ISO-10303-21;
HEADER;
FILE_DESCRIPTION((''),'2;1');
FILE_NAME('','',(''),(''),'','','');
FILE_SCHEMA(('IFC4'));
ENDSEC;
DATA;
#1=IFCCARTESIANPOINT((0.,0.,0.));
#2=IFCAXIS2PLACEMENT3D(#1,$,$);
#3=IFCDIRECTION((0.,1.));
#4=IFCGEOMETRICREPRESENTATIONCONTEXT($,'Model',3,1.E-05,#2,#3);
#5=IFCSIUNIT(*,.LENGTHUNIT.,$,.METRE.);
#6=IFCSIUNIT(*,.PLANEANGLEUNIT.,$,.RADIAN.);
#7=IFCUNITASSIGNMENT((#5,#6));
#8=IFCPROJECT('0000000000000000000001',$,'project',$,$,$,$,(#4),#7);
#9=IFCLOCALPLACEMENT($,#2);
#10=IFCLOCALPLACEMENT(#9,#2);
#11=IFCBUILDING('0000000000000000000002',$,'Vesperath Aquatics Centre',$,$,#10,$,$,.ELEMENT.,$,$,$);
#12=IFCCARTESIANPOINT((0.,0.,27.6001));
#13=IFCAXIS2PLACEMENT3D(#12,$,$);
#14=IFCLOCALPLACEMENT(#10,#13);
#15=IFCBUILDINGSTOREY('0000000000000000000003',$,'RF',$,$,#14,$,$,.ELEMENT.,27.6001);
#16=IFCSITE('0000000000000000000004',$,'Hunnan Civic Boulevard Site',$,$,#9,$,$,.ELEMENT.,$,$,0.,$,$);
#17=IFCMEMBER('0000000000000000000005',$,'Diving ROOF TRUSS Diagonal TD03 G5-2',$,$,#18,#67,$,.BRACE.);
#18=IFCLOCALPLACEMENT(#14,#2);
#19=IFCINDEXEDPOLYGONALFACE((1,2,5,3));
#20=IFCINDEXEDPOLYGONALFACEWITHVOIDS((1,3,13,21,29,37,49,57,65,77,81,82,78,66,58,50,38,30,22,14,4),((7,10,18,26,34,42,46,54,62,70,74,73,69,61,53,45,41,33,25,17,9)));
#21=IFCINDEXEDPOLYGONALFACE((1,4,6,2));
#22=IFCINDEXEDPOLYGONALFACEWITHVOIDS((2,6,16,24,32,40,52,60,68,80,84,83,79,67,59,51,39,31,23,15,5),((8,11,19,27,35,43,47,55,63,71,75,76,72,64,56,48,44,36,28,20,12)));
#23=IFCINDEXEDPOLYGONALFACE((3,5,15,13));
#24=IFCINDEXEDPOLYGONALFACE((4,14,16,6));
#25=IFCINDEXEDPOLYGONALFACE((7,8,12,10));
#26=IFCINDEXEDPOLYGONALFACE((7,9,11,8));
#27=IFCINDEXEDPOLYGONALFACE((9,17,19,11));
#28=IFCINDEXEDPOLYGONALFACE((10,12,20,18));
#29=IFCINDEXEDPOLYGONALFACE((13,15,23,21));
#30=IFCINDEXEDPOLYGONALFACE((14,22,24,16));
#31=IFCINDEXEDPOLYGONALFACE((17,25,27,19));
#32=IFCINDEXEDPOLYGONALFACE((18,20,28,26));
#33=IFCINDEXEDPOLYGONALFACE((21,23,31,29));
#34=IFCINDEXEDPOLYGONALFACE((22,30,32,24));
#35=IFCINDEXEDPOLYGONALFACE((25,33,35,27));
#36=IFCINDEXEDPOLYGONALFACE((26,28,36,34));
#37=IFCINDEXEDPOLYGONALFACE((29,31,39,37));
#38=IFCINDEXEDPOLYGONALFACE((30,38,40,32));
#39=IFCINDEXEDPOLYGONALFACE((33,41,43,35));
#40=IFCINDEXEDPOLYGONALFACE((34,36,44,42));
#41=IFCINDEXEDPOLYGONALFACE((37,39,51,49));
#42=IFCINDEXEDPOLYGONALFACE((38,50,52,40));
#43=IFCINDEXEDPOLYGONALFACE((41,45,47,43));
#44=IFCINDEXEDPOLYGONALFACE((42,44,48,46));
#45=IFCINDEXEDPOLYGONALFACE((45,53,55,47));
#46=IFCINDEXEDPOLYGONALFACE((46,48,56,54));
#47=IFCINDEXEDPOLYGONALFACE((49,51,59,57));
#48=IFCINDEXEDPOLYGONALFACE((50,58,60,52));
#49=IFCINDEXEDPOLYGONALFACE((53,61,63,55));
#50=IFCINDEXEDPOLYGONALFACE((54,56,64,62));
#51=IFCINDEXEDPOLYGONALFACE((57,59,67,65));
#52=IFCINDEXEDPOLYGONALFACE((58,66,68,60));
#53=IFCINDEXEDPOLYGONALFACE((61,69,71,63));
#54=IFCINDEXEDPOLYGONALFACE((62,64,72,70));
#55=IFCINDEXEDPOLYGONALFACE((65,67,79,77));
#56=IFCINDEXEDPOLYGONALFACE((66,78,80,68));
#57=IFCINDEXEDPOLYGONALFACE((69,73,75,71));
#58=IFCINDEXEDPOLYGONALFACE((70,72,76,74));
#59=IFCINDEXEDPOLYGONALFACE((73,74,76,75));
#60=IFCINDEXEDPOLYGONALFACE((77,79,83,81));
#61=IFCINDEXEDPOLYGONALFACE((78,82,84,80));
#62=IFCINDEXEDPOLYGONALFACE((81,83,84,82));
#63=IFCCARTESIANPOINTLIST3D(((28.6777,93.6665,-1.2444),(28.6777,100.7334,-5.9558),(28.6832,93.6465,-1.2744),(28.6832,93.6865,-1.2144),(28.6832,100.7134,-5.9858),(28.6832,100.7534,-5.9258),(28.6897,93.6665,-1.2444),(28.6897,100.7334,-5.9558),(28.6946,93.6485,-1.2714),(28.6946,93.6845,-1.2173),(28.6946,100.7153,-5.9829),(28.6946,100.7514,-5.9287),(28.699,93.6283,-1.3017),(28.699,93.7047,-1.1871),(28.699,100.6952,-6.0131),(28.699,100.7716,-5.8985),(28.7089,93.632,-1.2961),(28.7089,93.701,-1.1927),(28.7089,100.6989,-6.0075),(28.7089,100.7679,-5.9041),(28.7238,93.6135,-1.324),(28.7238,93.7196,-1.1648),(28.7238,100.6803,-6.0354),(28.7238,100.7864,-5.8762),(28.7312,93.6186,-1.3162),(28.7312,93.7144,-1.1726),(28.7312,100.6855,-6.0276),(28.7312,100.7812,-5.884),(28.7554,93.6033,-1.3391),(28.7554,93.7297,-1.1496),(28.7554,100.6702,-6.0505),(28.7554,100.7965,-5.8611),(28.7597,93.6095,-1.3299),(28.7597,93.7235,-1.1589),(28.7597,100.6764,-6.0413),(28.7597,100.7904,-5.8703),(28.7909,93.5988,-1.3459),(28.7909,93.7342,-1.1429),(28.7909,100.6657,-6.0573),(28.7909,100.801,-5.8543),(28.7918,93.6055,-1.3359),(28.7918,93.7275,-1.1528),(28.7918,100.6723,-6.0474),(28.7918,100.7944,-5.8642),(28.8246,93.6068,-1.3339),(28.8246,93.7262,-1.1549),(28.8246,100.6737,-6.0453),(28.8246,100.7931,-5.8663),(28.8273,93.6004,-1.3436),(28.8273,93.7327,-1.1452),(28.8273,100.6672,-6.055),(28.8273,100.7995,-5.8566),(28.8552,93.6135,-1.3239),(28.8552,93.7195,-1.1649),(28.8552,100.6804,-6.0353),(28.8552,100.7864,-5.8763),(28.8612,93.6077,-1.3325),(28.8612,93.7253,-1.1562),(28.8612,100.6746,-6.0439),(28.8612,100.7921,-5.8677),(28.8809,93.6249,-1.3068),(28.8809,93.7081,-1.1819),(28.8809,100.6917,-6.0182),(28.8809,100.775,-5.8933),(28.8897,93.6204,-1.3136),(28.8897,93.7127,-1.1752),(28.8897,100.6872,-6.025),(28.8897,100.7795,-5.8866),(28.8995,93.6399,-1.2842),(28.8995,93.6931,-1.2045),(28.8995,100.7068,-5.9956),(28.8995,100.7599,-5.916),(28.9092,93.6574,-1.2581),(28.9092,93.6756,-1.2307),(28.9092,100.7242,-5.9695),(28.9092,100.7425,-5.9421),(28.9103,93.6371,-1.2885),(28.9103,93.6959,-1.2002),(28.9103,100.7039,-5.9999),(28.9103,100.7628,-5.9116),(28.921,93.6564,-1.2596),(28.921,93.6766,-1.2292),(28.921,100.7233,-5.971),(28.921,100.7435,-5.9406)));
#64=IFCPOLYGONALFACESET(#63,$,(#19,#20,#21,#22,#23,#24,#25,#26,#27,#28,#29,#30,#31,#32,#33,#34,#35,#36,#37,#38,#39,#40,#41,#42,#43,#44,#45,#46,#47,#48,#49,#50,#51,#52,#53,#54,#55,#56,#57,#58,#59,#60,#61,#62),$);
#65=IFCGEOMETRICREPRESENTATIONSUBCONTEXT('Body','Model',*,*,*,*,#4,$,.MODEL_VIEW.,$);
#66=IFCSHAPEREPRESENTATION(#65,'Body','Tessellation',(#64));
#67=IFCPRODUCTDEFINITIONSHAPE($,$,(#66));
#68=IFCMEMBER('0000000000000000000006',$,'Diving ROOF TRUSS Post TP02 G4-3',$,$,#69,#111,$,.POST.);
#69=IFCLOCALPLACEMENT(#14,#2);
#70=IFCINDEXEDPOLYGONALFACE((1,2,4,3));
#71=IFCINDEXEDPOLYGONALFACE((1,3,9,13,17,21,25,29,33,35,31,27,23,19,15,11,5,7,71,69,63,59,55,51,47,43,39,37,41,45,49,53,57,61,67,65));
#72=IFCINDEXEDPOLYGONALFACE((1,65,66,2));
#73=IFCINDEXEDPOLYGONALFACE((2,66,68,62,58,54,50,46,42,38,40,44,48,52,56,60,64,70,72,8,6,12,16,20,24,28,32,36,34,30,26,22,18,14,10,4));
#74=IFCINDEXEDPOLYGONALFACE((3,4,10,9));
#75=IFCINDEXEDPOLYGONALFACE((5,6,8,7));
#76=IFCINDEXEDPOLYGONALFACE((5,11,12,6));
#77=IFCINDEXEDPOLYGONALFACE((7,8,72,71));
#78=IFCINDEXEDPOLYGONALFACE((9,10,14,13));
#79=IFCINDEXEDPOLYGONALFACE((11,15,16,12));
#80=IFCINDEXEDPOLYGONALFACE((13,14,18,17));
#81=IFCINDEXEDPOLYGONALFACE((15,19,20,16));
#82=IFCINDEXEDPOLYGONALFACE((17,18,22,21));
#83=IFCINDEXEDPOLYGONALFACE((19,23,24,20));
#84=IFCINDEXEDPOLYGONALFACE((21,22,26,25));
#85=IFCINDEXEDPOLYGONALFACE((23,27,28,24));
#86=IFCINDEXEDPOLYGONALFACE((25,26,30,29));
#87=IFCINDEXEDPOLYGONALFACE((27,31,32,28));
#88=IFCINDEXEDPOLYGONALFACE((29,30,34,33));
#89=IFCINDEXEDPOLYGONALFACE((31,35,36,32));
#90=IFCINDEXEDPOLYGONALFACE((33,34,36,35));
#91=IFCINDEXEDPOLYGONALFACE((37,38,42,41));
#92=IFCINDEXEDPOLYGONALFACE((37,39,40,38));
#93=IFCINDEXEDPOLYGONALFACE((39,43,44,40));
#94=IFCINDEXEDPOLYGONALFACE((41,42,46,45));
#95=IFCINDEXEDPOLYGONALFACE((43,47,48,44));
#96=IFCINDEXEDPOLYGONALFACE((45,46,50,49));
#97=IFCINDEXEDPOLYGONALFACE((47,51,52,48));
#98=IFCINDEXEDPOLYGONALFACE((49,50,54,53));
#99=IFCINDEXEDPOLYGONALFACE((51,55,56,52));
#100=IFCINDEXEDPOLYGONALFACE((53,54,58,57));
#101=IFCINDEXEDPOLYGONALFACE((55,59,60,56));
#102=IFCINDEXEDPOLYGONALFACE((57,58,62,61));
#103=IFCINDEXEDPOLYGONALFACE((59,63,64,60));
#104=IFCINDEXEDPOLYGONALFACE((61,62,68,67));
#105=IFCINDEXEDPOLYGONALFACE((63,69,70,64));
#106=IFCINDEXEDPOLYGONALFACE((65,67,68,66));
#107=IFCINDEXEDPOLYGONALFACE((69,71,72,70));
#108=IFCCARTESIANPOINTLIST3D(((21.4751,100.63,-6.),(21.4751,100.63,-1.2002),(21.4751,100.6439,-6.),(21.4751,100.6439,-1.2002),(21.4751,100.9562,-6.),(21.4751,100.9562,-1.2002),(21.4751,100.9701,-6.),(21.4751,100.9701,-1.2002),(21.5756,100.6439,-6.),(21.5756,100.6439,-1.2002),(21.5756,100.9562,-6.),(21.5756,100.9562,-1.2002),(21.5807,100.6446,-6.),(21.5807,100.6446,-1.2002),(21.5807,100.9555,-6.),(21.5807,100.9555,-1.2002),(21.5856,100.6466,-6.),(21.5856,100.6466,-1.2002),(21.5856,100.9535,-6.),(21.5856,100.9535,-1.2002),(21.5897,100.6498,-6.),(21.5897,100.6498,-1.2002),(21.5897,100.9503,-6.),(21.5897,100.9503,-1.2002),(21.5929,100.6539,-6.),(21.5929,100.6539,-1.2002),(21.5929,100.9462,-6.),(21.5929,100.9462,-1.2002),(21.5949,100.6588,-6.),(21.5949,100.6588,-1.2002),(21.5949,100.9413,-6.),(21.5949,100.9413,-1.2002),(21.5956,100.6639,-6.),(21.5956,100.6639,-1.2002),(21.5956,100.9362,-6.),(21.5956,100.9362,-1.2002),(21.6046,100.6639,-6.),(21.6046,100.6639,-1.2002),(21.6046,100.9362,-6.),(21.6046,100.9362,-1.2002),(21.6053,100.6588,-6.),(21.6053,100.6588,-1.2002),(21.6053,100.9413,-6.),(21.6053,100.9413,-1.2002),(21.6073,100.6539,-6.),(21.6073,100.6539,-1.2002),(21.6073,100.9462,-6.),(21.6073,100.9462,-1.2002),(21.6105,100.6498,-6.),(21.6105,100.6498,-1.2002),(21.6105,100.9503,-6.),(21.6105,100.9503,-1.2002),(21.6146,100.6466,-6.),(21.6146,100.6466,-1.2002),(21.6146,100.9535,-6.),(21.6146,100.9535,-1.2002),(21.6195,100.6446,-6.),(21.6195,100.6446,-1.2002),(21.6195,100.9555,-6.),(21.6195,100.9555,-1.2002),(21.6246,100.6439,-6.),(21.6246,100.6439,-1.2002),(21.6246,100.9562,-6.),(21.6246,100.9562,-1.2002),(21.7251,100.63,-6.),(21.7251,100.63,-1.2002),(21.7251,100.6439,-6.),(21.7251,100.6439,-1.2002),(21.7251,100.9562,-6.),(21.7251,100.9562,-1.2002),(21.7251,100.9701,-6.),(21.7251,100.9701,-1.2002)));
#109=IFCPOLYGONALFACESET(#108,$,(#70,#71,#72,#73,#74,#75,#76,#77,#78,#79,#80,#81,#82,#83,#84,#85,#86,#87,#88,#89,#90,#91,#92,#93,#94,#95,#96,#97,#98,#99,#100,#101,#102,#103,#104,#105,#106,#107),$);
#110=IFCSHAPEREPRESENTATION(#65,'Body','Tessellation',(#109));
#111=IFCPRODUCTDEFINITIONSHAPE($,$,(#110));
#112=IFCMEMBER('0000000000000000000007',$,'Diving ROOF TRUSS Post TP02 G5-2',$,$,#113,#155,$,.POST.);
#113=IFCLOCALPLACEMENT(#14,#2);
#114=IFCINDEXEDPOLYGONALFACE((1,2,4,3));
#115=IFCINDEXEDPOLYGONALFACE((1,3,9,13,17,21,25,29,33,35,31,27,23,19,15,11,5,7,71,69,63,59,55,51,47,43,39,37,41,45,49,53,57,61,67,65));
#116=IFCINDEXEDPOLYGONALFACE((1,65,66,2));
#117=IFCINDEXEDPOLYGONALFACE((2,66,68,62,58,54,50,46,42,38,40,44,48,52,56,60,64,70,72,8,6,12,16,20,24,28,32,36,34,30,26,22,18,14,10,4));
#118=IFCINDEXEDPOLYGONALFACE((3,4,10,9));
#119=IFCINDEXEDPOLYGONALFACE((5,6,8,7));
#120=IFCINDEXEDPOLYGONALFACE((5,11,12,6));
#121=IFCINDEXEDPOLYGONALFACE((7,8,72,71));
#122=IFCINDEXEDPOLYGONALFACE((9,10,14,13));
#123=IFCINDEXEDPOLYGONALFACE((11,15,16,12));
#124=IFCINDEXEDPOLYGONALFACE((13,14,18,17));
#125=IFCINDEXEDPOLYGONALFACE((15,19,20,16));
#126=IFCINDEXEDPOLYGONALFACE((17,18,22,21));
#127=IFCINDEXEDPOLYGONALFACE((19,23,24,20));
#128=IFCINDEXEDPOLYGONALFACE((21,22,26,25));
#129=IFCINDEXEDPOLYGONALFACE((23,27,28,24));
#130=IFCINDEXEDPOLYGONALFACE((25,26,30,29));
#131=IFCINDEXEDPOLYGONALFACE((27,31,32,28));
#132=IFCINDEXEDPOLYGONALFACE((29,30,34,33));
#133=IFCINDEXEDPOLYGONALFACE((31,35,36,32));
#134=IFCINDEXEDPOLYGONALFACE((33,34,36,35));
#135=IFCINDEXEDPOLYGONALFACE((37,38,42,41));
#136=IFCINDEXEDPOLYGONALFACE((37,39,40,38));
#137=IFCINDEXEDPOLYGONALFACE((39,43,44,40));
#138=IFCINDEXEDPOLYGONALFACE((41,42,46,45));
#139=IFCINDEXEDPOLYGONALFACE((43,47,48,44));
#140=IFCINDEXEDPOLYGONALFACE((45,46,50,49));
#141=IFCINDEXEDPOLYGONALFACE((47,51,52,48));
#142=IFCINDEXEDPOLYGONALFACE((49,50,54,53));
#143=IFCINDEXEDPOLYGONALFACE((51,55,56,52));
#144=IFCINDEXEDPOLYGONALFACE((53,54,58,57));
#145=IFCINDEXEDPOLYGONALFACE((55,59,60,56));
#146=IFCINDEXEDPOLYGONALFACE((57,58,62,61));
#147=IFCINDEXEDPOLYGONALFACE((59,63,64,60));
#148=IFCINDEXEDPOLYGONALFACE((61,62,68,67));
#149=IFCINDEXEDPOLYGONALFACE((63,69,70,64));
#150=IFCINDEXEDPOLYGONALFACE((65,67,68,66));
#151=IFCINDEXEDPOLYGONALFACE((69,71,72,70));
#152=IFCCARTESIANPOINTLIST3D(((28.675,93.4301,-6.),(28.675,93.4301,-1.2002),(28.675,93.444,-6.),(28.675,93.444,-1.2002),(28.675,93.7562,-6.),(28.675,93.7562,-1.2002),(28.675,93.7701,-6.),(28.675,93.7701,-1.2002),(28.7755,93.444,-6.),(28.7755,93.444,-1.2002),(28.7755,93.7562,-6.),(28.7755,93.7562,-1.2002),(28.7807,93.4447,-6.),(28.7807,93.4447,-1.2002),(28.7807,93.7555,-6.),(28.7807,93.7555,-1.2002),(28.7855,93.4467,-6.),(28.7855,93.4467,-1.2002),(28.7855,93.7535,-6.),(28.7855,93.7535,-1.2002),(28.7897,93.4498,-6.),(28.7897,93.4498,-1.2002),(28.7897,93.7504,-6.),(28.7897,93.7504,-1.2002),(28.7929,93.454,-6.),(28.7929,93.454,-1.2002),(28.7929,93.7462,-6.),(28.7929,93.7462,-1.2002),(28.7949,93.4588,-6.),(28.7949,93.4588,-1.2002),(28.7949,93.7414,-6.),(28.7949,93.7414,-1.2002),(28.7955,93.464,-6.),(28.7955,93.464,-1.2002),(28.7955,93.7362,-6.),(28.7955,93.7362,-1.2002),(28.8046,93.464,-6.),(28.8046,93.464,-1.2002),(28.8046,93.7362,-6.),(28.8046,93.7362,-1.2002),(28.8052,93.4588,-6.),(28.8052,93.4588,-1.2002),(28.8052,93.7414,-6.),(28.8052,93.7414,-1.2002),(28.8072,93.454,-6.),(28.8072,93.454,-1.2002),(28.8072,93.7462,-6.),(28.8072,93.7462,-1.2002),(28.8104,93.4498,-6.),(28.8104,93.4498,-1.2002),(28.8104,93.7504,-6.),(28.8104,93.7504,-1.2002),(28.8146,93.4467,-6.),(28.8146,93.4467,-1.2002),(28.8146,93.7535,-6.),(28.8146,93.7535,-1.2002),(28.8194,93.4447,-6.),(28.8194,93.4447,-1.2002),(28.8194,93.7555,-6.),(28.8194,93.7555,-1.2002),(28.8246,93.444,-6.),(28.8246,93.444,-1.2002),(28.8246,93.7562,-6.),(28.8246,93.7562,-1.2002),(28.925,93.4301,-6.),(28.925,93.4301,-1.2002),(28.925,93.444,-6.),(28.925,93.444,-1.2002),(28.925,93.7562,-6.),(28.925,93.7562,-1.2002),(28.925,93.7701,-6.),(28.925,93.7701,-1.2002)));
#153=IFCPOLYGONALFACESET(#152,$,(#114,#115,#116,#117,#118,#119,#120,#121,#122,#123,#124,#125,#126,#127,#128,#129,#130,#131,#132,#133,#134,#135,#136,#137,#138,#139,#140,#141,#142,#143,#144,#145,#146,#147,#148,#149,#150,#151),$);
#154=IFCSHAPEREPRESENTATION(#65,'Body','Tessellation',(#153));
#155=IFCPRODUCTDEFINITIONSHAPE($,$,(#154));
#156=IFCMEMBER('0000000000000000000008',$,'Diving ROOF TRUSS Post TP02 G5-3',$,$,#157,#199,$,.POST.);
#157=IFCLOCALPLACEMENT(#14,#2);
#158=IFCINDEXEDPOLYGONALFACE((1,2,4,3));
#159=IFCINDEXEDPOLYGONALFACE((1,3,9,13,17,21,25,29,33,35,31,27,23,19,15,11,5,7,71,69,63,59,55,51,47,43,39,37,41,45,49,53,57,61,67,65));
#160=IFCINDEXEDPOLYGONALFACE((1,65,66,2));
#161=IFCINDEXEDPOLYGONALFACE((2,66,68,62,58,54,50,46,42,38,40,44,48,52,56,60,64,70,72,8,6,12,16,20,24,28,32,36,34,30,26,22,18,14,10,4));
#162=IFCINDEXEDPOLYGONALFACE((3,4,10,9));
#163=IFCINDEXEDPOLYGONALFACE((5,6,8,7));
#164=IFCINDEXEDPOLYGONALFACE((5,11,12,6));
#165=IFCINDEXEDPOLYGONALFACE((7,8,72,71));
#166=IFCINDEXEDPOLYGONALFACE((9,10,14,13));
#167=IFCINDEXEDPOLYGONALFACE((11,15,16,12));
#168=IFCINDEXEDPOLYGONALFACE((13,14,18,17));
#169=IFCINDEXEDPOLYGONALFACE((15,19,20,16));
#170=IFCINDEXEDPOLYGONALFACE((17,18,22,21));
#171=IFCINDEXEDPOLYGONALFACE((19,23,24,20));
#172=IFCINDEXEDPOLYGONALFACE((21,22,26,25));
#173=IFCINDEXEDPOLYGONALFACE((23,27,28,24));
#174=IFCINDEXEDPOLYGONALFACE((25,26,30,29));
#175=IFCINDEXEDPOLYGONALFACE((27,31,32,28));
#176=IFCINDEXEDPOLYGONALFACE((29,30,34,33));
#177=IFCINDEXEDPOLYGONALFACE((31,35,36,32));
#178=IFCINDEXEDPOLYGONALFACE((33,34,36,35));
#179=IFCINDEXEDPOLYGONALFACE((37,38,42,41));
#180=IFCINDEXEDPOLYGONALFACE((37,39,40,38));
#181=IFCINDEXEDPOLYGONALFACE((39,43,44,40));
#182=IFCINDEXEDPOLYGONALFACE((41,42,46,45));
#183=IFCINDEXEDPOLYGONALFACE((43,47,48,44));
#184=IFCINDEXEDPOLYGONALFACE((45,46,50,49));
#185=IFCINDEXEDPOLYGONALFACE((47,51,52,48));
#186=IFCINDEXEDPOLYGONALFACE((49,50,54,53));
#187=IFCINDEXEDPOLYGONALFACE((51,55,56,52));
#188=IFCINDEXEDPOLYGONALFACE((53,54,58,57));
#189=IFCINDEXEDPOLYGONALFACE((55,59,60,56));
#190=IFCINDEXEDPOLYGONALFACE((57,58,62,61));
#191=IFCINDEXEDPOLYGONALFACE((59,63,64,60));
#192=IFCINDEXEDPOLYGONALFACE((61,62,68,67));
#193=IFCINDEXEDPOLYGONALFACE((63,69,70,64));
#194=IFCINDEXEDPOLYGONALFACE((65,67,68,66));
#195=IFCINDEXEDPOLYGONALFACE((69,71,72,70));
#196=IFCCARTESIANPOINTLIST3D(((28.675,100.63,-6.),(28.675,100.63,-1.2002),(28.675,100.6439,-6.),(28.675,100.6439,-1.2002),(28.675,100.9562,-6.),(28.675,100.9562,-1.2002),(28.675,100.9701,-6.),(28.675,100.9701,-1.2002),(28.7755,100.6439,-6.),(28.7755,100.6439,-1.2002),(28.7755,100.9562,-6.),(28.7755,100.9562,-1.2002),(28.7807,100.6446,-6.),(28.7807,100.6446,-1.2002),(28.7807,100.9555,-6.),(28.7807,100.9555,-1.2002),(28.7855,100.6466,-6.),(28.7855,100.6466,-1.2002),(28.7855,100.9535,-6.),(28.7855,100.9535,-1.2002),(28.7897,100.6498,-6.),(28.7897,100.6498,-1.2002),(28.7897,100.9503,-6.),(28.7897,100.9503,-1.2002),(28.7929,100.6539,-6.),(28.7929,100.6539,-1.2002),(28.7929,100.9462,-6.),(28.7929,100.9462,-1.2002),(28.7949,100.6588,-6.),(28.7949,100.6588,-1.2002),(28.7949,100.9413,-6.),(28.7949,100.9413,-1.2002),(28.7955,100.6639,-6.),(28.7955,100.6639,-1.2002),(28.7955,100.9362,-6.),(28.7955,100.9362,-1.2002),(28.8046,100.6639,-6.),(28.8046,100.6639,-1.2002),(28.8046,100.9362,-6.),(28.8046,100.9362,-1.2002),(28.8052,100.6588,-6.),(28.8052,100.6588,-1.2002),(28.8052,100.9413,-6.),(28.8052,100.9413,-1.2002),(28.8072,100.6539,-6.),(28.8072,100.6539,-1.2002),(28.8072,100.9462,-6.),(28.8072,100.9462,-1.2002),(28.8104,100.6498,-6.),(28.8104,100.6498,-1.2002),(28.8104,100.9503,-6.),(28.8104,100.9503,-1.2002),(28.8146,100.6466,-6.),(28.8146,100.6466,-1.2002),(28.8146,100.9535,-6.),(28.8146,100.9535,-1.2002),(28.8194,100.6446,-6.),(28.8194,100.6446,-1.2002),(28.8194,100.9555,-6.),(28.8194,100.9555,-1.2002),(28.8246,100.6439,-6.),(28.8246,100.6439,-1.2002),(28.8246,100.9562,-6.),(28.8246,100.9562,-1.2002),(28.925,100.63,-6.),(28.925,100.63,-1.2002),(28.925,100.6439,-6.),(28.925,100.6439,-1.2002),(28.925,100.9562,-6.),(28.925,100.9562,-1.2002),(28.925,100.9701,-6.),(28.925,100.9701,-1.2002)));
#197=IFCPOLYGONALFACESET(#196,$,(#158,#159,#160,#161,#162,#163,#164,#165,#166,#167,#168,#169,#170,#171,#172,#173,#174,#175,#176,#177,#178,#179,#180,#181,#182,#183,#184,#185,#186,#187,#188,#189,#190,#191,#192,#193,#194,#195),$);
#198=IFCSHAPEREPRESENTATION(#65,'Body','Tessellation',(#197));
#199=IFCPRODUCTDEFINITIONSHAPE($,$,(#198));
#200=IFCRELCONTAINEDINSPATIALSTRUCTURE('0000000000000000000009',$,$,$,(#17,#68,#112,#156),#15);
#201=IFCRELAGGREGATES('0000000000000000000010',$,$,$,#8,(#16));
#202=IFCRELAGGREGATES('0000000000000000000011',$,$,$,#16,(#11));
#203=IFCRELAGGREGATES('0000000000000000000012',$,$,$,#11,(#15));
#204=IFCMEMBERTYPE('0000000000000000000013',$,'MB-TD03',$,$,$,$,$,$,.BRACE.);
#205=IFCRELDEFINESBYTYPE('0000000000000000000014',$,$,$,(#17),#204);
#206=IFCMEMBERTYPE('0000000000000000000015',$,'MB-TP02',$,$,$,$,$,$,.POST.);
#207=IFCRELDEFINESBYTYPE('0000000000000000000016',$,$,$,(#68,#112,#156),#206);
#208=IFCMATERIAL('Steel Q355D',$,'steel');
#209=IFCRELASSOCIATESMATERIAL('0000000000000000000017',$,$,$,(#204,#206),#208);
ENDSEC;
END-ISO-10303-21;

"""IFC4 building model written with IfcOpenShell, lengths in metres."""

from ifc_helpers import new_model, si_unit, direction, frame, origin, origin_2d, place, context, subcontext, project, spatial, hollow_circle, i_section, extrude, material, material_profile, profile_set, type_object, element, save


model = new_model("IFC4")

# Units and contexts
model_context = context("Model", 3, precision=1e-05, world=origin(), true_north=direction((0.0, 1.0)))
body_context = subcontext(model_context, "Body", "Model", "MODEL_VIEW")
ifc_project = project(units=[si_unit("LENGTHUNIT", "METRE"), si_unit("PLANEANGLEUNIT", "RADIAN")], contexts=[model_context])

# Site, building, storey
site_placement = place(None, origin())
site = spatial("IfcSite", under=ifc_project, at=site_placement, Name="Hunnan Civic Boulevard Site", CompositionType="ELEMENT", RefElevation=0.0)
building_placement = place(site_placement, origin())
building = spatial("IfcBuilding", under=site, at=building_placement, Name="Vesperath Aquatics Centre", CompositionType="ELEMENT")
storey_placement = place(building_placement, frame((0.0, 0.0, 27.6001)))
storey = spatial("IfcBuildingStorey", under=building, at=storey_placement, Name="RF", CompositionType="ELEMENT", Elevation=27.6001)

# Members
ifc_material_1 = material(Name="Steel Q355D", Category="steel")
ifc_material_profile_1 = material_profile(ifc_material_1, hollow_circle(Radius=0.1223, WallThickness=0.012, at=origin_2d()), Name="CHS 244.5x12")
ifc_profile_set_1 = profile_set([ifc_material_profile_1], Name="Steel Q355D")
member_type_1 = type_object("IfcMemberType", Name="MB-TD03", PredefinedType="BRACE", material=ifc_profile_set_1)
for number, where, z_axis, x_axis, name in (
    (1, (28.8, 93.6665, -1.2444), (0.0, 0.832041, -0.554713), (-1.0, 0.0, 0.0), "Diving ROOF TRUSS Diagonal TD03 G5-2"),
):
    element("IfcMember", number, at=place(storey_placement, frame(where, z_axis=z_axis, x_axis=x_axis)), inside=storey, type_object=member_type_1, Name=name, PredefinedType="BRACE", context=body_context, shape_type="SweptSolid", body=[
        extrude(hollow_circle(Radius=0.1223, WallThickness=0.012, at=origin_2d()), origin(), (0.0, 0.0, 1.0), 8.4934),
    ])
ifc_material_profile_2 = material_profile(ifc_material_1, i_section(OverallWidth=0.25, OverallDepth=0.3401, WebThickness=0.009, FlangeThickness=0.0139, FilletRadius=0.02, at=origin_2d()), Name="HM 340x250x9x14")
ifc_profile_set_2 = profile_set([ifc_material_profile_2], Name="Steel Q355D")
member_type_2 = type_object("IfcMemberType", Name="MB-TP02", PredefinedType="POST", material=ifc_profile_set_2)
for number, where, z_axis, x_axis, name in (
    (2, (21.6001, 100.8, -6.0), (0.0, 0.0, 1.0), (1.0, 0.0, 0.0), "Diving ROOF TRUSS Post TP02 G4-3"),
    (3, (28.8, 93.6001, -6.0), (0.0, 0.0, 1.0), (1.0, 0.0, 0.0), "Diving ROOF TRUSS Post TP02 G5-2"),
    (4, (28.8, 100.8, -6.0), (0.0, 0.0, 1.0), (1.0, 0.0, 0.0), "Diving ROOF TRUSS Post TP02 G5-3"),
):
    element("IfcMember", number, at=place(storey_placement, frame(where, z_axis=z_axis, x_axis=x_axis)), inside=storey, type_object=member_type_2, Name=name, PredefinedType="POST", context=body_context, shape_type="SweptSolid", body=[
        extrude(i_section(OverallWidth=0.25, OverallDepth=0.3401, WebThickness=0.009, FlangeThickness=0.0139, FilletRadius=0.02, at=origin_2d()), origin(), (0.0, 0.0, 1.0), 4.7998),
    ])

save(model, "model.ifc")
